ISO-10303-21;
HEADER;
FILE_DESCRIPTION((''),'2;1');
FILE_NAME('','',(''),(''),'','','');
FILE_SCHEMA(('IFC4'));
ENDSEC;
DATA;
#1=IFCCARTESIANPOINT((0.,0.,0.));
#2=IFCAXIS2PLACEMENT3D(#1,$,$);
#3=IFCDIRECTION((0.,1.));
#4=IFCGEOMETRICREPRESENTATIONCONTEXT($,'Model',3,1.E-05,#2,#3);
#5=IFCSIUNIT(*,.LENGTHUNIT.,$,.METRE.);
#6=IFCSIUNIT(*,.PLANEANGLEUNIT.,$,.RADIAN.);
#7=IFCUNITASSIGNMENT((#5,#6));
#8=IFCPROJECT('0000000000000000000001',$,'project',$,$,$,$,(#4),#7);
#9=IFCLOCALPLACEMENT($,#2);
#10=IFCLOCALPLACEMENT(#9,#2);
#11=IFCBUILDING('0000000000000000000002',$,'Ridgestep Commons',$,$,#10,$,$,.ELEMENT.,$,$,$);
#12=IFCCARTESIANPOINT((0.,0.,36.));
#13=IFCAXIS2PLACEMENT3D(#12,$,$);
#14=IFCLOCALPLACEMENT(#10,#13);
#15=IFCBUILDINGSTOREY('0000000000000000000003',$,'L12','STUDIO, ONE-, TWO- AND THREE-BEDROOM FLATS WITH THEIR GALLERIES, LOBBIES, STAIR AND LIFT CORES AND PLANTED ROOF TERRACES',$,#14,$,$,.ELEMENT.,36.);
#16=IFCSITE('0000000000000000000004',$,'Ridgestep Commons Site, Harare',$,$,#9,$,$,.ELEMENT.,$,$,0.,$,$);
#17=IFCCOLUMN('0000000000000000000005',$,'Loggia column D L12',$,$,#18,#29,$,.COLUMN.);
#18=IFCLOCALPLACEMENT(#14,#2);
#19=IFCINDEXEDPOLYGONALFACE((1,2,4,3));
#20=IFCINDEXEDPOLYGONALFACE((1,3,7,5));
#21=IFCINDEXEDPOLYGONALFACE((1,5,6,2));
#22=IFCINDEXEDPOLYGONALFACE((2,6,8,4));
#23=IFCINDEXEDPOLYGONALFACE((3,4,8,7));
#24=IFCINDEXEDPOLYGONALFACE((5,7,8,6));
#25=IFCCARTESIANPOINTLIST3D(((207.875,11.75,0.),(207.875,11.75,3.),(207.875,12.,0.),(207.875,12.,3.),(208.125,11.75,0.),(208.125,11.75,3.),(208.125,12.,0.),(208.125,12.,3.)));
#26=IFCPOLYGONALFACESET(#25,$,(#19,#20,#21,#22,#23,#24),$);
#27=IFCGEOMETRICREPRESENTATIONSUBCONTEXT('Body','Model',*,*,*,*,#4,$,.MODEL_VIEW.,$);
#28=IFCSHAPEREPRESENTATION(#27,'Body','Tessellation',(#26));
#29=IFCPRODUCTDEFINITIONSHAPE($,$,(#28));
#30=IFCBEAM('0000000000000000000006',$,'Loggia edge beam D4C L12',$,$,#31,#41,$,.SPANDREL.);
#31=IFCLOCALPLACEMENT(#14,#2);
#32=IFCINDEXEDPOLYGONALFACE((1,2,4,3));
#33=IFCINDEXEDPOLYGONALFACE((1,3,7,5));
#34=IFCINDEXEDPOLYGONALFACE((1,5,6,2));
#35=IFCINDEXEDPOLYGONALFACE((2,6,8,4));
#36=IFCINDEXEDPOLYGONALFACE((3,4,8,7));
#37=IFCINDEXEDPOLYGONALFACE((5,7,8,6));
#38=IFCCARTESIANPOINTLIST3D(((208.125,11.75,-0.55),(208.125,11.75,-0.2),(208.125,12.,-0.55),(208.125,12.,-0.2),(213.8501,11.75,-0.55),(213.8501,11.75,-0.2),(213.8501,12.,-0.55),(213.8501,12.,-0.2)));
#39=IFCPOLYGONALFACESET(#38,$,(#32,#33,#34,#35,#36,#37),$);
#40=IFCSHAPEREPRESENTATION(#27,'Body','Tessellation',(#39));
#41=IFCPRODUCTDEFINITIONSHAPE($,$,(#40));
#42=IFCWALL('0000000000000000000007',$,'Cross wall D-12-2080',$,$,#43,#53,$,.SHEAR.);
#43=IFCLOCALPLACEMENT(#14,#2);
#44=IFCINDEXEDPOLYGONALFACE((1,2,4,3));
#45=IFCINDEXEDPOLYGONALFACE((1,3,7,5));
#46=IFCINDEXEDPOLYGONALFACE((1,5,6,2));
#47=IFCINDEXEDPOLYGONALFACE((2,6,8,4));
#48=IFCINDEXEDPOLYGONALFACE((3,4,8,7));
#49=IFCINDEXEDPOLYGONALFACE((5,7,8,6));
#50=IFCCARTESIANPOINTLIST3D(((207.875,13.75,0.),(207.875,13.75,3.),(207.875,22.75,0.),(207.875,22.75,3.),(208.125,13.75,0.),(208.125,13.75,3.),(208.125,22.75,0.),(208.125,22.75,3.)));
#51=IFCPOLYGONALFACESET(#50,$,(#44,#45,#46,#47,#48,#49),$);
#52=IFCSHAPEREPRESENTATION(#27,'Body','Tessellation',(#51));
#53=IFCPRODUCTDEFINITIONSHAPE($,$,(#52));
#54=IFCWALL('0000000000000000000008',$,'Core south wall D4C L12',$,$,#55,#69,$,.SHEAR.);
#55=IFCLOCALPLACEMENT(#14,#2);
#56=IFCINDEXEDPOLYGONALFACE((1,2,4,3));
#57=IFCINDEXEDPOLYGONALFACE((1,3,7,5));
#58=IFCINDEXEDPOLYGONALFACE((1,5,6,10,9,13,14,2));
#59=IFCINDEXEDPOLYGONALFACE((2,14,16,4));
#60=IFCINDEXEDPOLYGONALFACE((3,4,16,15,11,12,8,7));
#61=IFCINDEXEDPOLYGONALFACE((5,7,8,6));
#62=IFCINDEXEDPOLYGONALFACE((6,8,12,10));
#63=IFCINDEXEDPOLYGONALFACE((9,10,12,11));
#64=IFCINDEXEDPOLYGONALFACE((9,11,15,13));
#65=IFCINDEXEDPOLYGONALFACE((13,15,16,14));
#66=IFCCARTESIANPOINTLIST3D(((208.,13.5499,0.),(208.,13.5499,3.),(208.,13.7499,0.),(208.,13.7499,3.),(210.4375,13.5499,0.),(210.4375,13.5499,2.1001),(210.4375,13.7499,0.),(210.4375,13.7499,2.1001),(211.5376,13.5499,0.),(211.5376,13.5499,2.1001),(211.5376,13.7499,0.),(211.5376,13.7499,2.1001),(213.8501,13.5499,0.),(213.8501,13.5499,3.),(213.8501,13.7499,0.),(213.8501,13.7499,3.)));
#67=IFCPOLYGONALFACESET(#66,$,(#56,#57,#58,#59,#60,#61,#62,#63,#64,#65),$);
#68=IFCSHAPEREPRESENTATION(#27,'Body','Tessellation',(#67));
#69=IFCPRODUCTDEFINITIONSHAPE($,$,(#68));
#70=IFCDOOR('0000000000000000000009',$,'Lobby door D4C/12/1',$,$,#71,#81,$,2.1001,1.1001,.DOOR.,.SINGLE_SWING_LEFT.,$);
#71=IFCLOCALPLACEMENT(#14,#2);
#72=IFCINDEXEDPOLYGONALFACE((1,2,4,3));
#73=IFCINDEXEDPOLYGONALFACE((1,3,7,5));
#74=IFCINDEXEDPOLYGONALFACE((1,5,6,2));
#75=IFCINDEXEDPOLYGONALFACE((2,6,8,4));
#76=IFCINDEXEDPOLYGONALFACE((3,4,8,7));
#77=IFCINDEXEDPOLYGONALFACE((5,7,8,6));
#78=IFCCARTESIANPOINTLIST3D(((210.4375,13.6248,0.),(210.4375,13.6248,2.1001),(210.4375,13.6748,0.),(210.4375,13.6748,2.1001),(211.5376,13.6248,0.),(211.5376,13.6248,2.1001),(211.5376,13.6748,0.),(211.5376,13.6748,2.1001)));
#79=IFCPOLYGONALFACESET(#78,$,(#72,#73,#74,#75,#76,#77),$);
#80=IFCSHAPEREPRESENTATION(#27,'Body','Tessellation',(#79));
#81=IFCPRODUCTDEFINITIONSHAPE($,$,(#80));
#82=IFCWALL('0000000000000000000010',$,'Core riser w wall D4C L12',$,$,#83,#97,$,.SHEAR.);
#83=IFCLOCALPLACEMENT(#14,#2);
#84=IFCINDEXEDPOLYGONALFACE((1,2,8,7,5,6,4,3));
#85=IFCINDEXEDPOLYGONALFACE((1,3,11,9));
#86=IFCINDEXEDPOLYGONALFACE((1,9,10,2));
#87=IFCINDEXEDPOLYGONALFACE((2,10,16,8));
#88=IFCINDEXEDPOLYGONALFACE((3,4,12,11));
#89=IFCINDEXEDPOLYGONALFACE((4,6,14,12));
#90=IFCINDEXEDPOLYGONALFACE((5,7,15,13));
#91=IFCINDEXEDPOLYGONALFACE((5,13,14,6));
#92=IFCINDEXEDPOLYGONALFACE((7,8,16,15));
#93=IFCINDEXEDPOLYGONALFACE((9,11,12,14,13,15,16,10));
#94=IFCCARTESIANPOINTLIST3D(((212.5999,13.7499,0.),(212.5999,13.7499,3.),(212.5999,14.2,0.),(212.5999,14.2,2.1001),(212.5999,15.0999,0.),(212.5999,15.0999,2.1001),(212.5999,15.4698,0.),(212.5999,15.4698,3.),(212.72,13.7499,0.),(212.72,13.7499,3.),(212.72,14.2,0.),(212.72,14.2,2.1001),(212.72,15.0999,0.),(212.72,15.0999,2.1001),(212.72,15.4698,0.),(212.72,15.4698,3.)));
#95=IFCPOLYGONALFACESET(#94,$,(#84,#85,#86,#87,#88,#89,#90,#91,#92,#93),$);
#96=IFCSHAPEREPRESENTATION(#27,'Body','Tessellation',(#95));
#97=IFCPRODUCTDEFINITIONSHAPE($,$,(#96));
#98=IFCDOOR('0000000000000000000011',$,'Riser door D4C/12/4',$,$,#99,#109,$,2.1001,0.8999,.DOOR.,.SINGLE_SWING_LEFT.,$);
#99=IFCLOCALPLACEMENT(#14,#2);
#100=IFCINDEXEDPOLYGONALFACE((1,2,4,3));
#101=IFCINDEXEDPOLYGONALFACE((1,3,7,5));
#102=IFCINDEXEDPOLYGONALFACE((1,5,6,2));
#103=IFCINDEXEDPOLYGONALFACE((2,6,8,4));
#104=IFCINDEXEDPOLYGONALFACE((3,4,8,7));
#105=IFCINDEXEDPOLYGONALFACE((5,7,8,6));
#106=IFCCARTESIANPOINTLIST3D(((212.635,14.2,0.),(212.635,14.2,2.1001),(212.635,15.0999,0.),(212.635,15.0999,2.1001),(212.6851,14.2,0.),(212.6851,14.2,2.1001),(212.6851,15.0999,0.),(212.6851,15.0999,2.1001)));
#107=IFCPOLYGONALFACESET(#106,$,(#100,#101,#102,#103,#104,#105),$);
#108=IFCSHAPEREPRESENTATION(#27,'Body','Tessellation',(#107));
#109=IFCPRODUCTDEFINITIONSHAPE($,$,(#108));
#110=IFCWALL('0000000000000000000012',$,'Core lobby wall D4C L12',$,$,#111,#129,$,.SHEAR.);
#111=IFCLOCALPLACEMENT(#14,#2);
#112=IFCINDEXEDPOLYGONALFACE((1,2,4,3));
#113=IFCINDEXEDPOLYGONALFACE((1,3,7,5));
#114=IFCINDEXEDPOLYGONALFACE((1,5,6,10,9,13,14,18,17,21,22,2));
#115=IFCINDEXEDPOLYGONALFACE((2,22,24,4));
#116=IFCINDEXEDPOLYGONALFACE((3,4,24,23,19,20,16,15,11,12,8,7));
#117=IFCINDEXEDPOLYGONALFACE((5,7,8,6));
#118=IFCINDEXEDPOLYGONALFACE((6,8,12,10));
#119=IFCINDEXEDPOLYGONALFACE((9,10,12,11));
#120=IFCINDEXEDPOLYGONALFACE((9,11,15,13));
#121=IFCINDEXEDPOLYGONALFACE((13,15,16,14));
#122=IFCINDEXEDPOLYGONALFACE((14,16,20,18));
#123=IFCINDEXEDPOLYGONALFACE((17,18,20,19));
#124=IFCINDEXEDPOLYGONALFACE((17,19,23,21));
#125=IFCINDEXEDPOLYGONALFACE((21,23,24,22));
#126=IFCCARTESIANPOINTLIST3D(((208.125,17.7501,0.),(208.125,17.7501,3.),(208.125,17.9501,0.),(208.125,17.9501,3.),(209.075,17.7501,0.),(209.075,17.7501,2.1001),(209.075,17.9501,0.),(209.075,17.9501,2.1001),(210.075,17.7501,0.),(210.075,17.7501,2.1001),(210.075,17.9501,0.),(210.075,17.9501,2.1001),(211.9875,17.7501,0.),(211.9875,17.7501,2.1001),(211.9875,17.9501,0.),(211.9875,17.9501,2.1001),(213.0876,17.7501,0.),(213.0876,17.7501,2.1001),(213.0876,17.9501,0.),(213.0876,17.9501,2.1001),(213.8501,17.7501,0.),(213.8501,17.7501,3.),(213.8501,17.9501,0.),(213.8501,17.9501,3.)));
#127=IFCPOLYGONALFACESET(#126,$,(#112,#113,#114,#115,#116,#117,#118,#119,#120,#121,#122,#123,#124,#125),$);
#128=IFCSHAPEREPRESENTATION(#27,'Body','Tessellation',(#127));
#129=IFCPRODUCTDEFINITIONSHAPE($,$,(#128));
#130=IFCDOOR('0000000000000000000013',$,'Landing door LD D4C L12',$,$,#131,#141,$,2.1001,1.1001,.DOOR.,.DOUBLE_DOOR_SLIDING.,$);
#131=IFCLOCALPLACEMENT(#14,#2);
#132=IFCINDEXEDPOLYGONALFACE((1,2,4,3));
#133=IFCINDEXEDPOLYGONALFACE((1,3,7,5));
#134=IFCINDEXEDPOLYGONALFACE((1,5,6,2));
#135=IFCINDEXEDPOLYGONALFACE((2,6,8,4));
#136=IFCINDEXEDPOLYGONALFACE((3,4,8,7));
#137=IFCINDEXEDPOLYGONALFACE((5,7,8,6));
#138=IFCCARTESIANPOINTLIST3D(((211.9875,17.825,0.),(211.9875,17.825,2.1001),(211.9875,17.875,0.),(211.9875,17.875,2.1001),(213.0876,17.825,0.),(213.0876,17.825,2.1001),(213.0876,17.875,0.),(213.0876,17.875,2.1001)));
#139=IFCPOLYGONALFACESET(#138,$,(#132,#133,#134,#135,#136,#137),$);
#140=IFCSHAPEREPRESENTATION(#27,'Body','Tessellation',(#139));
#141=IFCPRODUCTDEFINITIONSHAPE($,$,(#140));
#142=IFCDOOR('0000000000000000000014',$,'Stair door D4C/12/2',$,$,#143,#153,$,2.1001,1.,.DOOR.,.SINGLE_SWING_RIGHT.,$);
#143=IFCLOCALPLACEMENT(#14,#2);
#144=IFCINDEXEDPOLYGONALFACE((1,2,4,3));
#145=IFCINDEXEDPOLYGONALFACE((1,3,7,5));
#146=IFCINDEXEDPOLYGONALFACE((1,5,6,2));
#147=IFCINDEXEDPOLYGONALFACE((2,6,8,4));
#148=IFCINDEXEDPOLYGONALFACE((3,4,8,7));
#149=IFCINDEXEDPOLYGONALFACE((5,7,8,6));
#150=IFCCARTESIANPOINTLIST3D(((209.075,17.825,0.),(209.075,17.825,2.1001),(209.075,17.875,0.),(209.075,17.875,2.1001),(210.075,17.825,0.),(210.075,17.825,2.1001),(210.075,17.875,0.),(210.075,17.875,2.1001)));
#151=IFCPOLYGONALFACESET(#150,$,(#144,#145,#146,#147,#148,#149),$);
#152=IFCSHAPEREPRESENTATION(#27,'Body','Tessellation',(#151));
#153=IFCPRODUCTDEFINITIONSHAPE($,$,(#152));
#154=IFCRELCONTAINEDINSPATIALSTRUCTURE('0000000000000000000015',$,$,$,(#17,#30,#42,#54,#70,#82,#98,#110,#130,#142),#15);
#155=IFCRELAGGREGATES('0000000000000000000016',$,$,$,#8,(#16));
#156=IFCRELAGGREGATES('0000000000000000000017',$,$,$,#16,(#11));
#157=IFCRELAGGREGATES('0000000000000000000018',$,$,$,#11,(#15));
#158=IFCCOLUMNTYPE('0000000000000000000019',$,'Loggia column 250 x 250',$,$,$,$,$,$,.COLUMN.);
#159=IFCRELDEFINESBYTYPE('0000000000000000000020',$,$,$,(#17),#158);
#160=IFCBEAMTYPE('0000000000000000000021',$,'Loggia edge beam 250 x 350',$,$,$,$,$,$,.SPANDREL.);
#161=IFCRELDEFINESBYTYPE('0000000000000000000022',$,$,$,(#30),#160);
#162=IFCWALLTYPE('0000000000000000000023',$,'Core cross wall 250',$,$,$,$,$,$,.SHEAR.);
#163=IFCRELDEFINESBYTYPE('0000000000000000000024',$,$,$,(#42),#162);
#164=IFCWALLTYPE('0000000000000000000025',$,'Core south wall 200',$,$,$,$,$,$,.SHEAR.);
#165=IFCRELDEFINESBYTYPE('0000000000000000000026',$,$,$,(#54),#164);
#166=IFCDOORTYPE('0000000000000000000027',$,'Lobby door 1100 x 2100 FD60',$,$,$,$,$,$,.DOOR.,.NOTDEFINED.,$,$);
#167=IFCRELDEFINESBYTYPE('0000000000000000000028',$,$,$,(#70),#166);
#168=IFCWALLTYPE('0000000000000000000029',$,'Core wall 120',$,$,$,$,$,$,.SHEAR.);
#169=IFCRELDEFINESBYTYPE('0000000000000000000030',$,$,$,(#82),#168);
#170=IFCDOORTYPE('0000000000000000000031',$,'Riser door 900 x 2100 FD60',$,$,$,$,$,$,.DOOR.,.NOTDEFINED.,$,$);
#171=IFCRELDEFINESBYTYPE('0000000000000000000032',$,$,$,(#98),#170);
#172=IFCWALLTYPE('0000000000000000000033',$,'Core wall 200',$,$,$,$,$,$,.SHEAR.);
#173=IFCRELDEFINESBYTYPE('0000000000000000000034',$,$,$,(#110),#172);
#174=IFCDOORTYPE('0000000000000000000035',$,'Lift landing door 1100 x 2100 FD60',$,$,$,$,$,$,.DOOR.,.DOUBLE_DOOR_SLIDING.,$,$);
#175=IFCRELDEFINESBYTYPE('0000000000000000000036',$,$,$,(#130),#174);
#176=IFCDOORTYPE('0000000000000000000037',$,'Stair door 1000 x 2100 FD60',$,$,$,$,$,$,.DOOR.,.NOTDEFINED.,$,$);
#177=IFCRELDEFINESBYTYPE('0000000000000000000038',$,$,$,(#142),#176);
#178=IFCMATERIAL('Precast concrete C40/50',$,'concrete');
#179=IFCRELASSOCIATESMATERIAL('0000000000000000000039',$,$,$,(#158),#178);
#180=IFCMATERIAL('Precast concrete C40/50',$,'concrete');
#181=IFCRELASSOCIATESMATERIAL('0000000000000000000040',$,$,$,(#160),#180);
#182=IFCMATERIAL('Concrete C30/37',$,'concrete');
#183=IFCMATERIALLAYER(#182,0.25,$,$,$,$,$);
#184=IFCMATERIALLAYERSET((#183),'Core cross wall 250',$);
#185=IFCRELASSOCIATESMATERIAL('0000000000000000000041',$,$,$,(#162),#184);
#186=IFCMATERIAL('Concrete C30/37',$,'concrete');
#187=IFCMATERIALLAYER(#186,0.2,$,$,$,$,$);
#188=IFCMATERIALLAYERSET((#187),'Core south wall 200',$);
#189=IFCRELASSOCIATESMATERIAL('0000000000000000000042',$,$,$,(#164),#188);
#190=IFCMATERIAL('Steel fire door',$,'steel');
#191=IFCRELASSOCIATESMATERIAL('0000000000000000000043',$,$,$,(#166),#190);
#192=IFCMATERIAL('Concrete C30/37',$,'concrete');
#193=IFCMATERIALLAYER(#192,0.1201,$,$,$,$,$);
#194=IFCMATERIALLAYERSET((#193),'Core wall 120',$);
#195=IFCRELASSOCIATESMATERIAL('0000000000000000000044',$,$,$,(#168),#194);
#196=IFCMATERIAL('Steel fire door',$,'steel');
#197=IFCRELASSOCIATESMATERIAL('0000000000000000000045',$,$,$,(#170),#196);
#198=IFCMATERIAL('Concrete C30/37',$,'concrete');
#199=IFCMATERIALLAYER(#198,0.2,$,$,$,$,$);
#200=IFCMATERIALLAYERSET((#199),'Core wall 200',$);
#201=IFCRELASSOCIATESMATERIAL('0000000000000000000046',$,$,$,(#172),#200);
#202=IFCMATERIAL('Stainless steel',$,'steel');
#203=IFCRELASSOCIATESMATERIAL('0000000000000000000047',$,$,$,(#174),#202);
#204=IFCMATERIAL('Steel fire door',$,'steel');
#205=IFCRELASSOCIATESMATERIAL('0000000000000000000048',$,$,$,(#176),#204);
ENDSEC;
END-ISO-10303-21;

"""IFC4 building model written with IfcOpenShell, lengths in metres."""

from ifc_helpers import new_model, si_unit, direction, frame, frame_2d, origin, origin_2d, place, context, subcontext, project, spatial, rectangle, extrude, material, layer, layer_set, material_profile, profile_set, type_object, element, fill, save


model = new_model("IFC4")

# Units and contexts
model_context = context("Model", 3, precision=1e-05, world=origin(), true_north=direction((0.0, 1.0)))
body_context = subcontext(model_context, "Body", "Model", "MODEL_VIEW")
ifc_project = project(units=[si_unit("LENGTHUNIT", "METRE"), si_unit("PLANEANGLEUNIT", "RADIAN")], contexts=[model_context])

# Site, building, storey
site_placement = place(None, origin())
site = spatial("IfcSite", under=ifc_project, at=site_placement, Name="Ridgestep Commons Site, Harare", CompositionType="ELEMENT", RefElevation=0.0)
building_placement = place(site_placement, origin())
building = spatial("IfcBuilding", under=site, at=building_placement, Name="Ridgestep Commons", CompositionType="ELEMENT")
storey_placement = place(building_placement, frame((0.0, 0.0, 36.0)))
storey = spatial("IfcBuildingStorey", under=building, at=storey_placement, Name="L12", Description="STUDIO, ONE-, TWO- AND THREE-BEDROOM FLATS WITH THEIR GALLERIES, LOBBIES, STAIR AND LIFT CORES AND PLANTED ROOF TERRACES", CompositionType="ELEMENT", Elevation=36.0)

# Column
ifc_material_1 = material(Name="Precast concrete C40/50", Category="concrete")
ifc_material_profile_1 = material_profile(ifc_material_1, rectangle(XDim=0.25, YDim=0.25, at=origin_2d()), Name="PC 250x250")
ifc_profile_set_1 = profile_set([ifc_material_profile_1], Name="Precast concrete C40/50")
column_type = type_object("IfcColumnType", Name="Loggia column 250 x 250", PredefinedType="COLUMN", material=ifc_profile_set_1)
column_placement = place(storey_placement, frame((208.0, 11.875, 0.0), z_axis=(0.0, 0.0, 1.0), x_axis=(1.0, 0.0, 0.0)))
element("IfcColumn", 1, at=column_placement, inside=storey, type_object=column_type, Name="Loggia column D L12", PredefinedType="COLUMN", context=body_context, shape_type="SweptSolid", body=[
    extrude(rectangle(XDim=0.25, YDim=0.25, at=origin_2d()), origin(), (0.0, 0.0, 1.0), 3.0),
])

# Beam
ifc_material_2 = material(Name="Precast concrete C40/50", Category="concrete")
ifc_material_profile_2 = material_profile(ifc_material_2, rectangle(XDim=0.25, YDim=0.3501, at=origin_2d()), Name="PC 250x350")
ifc_profile_set_2 = profile_set([ifc_material_profile_2], Name="Precast concrete C40/50")
beam_type = type_object("IfcBeamType", Name="Loggia edge beam 250 x 350", PredefinedType="SPANDREL", material=ifc_profile_set_2)
beam_placement = place(storey_placement, frame((208.125, 11.875, -0.375), z_axis=(1.0, 0.0, 0.0), x_axis=(0.0, 1.0, 0.0)))
element("IfcBeam", 2, at=beam_placement, inside=storey, type_object=beam_type, Name="Loggia edge beam D4C L12", PredefinedType="SPANDREL", context=body_context, shape_type="SweptSolid", body=[
    extrude(rectangle(XDim=0.25, YDim=0.3501, at=origin_2d()), origin(), (0.0, 0.0, 1.0), 5.7251),
])

# Wall
ifc_material_3 = material(Name="Concrete C30/37", Category="concrete")
ifc_layer_1 = layer(ifc_material_3, 0.25)
ifc_layer_set_1 = layer_set([ifc_layer_1], Name="Core cross wall 250")
wall_type_1 = type_object("IfcWallType", Name="Core cross wall 250", PredefinedType="SHEAR", material=ifc_layer_set_1)
wall_1_placement = place(storey_placement, frame((208.0, 13.75, 0.0), z_axis=(0.0, 0.0, 1.0), x_axis=(0.0, 1.0, 0.0)))
element("IfcWall", 3, at=wall_1_placement, inside=storey, type_object=wall_type_1, Name="Cross wall D-12-2080", PredefinedType="SHEAR", context=body_context, shape_type="SweptSolid", body=[
    extrude(rectangle(XDim=9.0, YDim=0.25, at=frame_2d((4.5, 0.0))), origin(), (0.0, 0.0, 1.0), 3.0),
])

# Walls, openings, doors
ifc_material_4 = material(Name="Concrete C30/37", Category="concrete")
ifc_layer_2 = layer(ifc_material_4, 0.2)
ifc_layer_set_2 = layer_set([ifc_layer_2], Name="Core south wall 200")
wall_type_2 = type_object("IfcWallType", Name="Core south wall 200", PredefinedType="SHEAR", material=ifc_layer_set_2)
wall_2_placement = place(storey_placement, frame((208.0, 13.6499, 0.0), z_axis=(0.0, 0.0, 1.0), x_axis=(1.0, 0.0, 0.0)))
wall_2 = element("IfcWall", 4, at=wall_2_placement, inside=storey, type_object=wall_type_2, Name="Core south wall D4C L12", PredefinedType="SHEAR", context=body_context, shape_type="SweptSolid", body=[
    extrude(rectangle(XDim=5.8501, YDim=0.2, at=frame_2d((2.925, 0.0))), origin(), (0.0, 0.0, 1.0), 3.0),
])
opening_1_placement = place(wall_2_placement, frame((2.4375, 0.0, 0.0)))
opening_1 = element("IfcOpeningElement", 5, at=opening_1_placement, cuts=wall_2, PredefinedType="OPENING", context=body_context, shape_type="SweptSolid", body=[
    extrude(rectangle(XDim=1.1001, YDim=2.1001, at=frame_2d((0.55, 1.05))), frame((0.0, 0.1099, 0.0), z_axis=(0.0, -1.0, 0.0), x_axis=(1.0, 0.0, 0.0)), (0.0, 0.0, 1.0), 0.22),
])
ifc_material_5 = material(Name="Steel fire door", Category="steel")
door_type_1 = type_object("IfcDoorType", Name="Lobby door 1100 x 2100 FD60", OperationType="NOTDEFINED", PredefinedType="DOOR", material=ifc_material_5)
door_1_placement = place(opening_1_placement, origin())
door_1 = element("IfcDoor", 6, at=door_1_placement, inside=storey, type_object=door_type_1, Name="Lobby door D4C/12/1", OperationType="SINGLE_SWING_LEFT", OverallHeight=2.1001, OverallWidth=1.1001, PredefinedType="DOOR", context=body_context, shape_type="SweptSolid", body=[
    extrude(rectangle(XDim=1.1001, YDim=2.1001, at=frame_2d((0.55, 1.05))), frame((0.0, 0.0249, 0.0), z_axis=(0.0, -1.0, 0.0), x_axis=(1.0, 0.0, 0.0)), (0.0, 0.0, 1.0), 0.05),
])
fill(opening_1, door_1)
ifc_material_6 = material(Name="Concrete C30/37", Category="concrete")
ifc_layer_3 = layer(ifc_material_6, 0.1201)
ifc_layer_set_3 = layer_set([ifc_layer_3], Name="Core wall 120")
wall_type_3 = type_object("IfcWallType", Name="Core wall 120", PredefinedType="SHEAR", material=ifc_layer_set_3)
wall_3_placement = place(storey_placement, frame((212.6599, 13.75, 0.0), z_axis=(0.0, 0.0, 1.0), x_axis=(0.0, 1.0, 0.0)))
wall_3 = element("IfcWall", 7, at=wall_3_placement, inside=storey, type_object=wall_type_3, Name="Core riser w wall D4C L12", PredefinedType="SHEAR", context=body_context, shape_type="SweptSolid", body=[
    extrude(rectangle(XDim=1.72, YDim=0.1201, at=frame_2d((0.8599, 0.0))), origin(), (0.0, 0.0, 1.0), 3.0),
])
opening_2_placement = place(wall_3_placement, frame((0.45, 0.0, 0.0)))
opening_2 = element("IfcOpeningElement", 8, at=opening_2_placement, cuts=wall_3, PredefinedType="OPENING", context=body_context, shape_type="SweptSolid", body=[
    extrude(rectangle(XDim=0.8999, YDim=2.1001, at=frame_2d((0.45, 1.05))), frame((0.0, 0.0701, 0.0), z_axis=(0.0, -1.0, 0.0), x_axis=(1.0, 0.0, 0.0)), (0.0, 0.0, 1.0), 0.1401),
])
ifc_material_7 = material(Name="Steel fire door", Category="steel")
door_type_2 = type_object("IfcDoorType", Name="Riser door 900 x 2100 FD60", OperationType="NOTDEFINED", PredefinedType="DOOR", material=ifc_material_7)
door_2_placement = place(opening_2_placement, origin())
door_2 = element("IfcDoor", 9, at=door_2_placement, inside=storey, type_object=door_type_2, Name="Riser door D4C/12/4", OperationType="SINGLE_SWING_LEFT", OverallHeight=2.1001, OverallWidth=0.8999, PredefinedType="DOOR", context=body_context, shape_type="SweptSolid", body=[
    extrude(rectangle(XDim=0.8999, YDim=2.1001, at=frame_2d((0.45, 1.05))), frame((0.0, 0.0249, 0.0), z_axis=(0.0, -1.0, 0.0), x_axis=(1.0, 0.0, 0.0)), (0.0, 0.0, 1.0), 0.05),
])
fill(opening_2, door_2)

# Wall, openings, doors
ifc_material_8 = material(Name="Concrete C30/37", Category="concrete")
ifc_layer_4 = layer(ifc_material_8, 0.2)
ifc_layer_set_4 = layer_set([ifc_layer_4], Name="Core wall 200")
wall_type_4 = type_object("IfcWallType", Name="Core wall 200", PredefinedType="SHEAR", material=ifc_layer_set_4)
wall_4_placement = place(storey_placement, frame((208.125, 17.8501, 0.0), z_axis=(0.0, 0.0, 1.0), x_axis=(1.0, 0.0, 0.0)))
wall_4 = element("IfcWall", 10, at=wall_4_placement, inside=storey, type_object=wall_type_4, Name="Core lobby wall D4C L12", PredefinedType="SHEAR", context=body_context, shape_type="SweptSolid", body=[
    extrude(rectangle(XDim=5.7251, YDim=0.2, at=frame_2d((2.8625, 0.0))), origin(), (0.0, 0.0, 1.0), 3.0),
])
opening_3_placement = place(wall_4_placement, frame((0.95, 0.0, 0.0)))
opening_3 = element("IfcOpeningElement", 11, at=opening_3_placement, cuts=wall_4, PredefinedType="OPENING", context=body_context, shape_type="SweptSolid", body=[
    extrude(rectangle(XDim=1.0, YDim=2.1001, at=frame_2d((0.5, 1.05))), frame((0.0, 0.1099, 0.0), z_axis=(0.0, -1.0, 0.0), x_axis=(1.0, 0.0, 0.0)), (0.0, 0.0, 1.0), 0.22),
])
opening_4_placement = place(wall_4_placement, frame((3.8625, 0.0, 0.0)))
opening_4 = element("IfcOpeningElement", 12, at=opening_4_placement, cuts=wall_4, PredefinedType="OPENING", context=body_context, shape_type="SweptSolid", body=[
    extrude(rectangle(XDim=1.1001, YDim=2.1001, at=frame_2d((0.55, 1.05))), frame((0.0, 0.1099, 0.0), z_axis=(0.0, -1.0, 0.0), x_axis=(1.0, 0.0, 0.0)), (0.0, 0.0, 1.0), 0.22),
])
ifc_material_9 = material(Name="Stainless steel", Category="steel")
door_type_3 = type_object("IfcDoorType", Name="Lift landing door 1100 x 2100 FD60", OperationType="DOUBLE_DOOR_SLIDING", PredefinedType="DOOR", material=ifc_material_9)
door_3_placement = place(opening_4_placement, origin())
door_3 = element("IfcDoor", 13, at=door_3_placement, inside=storey, type_object=door_type_3, Name="Landing door LD D4C L12", OperationType="DOUBLE_DOOR_SLIDING", OverallHeight=2.1001, OverallWidth=1.1001, PredefinedType="DOOR", context=body_context, shape_type="SweptSolid", body=[
    extrude(rectangle(XDim=1.1001, YDim=2.1001, at=frame_2d((0.55, 1.05))), frame((0.0, 0.0249, 0.0), z_axis=(0.0, -1.0, 0.0), x_axis=(1.0, 0.0, 0.0)), (0.0, 0.0, 1.0), 0.05),
])
fill(opening_4, door_3)
ifc_material_10 = material(Name="Steel fire door", Category="steel")
door_type_4 = type_object("IfcDoorType", Name="Stair door 1000 x 2100 FD60", OperationType="NOTDEFINED", PredefinedType="DOOR", material=ifc_material_10)
door_4_placement = place(opening_3_placement, origin())
door_4 = element("IfcDoor", 14, at=door_4_placement, inside=storey, type_object=door_type_4, Name="Stair door D4C/12/2", OperationType="SINGLE_SWING_RIGHT", OverallHeight=2.1001, OverallWidth=1.0, PredefinedType="DOOR", context=body_context, shape_type="SweptSolid", body=[
    extrude(rectangle(XDim=1.0, YDim=2.1001, at=frame_2d((0.5, 1.05))), frame((0.0, 0.0249, 0.0), z_axis=(0.0, -1.0, 0.0), x_axis=(1.0, 0.0, 0.0)), (0.0, 0.0, 1.0), 0.05),
])
fill(opening_3, door_4)

save(model, "model.ifc")
